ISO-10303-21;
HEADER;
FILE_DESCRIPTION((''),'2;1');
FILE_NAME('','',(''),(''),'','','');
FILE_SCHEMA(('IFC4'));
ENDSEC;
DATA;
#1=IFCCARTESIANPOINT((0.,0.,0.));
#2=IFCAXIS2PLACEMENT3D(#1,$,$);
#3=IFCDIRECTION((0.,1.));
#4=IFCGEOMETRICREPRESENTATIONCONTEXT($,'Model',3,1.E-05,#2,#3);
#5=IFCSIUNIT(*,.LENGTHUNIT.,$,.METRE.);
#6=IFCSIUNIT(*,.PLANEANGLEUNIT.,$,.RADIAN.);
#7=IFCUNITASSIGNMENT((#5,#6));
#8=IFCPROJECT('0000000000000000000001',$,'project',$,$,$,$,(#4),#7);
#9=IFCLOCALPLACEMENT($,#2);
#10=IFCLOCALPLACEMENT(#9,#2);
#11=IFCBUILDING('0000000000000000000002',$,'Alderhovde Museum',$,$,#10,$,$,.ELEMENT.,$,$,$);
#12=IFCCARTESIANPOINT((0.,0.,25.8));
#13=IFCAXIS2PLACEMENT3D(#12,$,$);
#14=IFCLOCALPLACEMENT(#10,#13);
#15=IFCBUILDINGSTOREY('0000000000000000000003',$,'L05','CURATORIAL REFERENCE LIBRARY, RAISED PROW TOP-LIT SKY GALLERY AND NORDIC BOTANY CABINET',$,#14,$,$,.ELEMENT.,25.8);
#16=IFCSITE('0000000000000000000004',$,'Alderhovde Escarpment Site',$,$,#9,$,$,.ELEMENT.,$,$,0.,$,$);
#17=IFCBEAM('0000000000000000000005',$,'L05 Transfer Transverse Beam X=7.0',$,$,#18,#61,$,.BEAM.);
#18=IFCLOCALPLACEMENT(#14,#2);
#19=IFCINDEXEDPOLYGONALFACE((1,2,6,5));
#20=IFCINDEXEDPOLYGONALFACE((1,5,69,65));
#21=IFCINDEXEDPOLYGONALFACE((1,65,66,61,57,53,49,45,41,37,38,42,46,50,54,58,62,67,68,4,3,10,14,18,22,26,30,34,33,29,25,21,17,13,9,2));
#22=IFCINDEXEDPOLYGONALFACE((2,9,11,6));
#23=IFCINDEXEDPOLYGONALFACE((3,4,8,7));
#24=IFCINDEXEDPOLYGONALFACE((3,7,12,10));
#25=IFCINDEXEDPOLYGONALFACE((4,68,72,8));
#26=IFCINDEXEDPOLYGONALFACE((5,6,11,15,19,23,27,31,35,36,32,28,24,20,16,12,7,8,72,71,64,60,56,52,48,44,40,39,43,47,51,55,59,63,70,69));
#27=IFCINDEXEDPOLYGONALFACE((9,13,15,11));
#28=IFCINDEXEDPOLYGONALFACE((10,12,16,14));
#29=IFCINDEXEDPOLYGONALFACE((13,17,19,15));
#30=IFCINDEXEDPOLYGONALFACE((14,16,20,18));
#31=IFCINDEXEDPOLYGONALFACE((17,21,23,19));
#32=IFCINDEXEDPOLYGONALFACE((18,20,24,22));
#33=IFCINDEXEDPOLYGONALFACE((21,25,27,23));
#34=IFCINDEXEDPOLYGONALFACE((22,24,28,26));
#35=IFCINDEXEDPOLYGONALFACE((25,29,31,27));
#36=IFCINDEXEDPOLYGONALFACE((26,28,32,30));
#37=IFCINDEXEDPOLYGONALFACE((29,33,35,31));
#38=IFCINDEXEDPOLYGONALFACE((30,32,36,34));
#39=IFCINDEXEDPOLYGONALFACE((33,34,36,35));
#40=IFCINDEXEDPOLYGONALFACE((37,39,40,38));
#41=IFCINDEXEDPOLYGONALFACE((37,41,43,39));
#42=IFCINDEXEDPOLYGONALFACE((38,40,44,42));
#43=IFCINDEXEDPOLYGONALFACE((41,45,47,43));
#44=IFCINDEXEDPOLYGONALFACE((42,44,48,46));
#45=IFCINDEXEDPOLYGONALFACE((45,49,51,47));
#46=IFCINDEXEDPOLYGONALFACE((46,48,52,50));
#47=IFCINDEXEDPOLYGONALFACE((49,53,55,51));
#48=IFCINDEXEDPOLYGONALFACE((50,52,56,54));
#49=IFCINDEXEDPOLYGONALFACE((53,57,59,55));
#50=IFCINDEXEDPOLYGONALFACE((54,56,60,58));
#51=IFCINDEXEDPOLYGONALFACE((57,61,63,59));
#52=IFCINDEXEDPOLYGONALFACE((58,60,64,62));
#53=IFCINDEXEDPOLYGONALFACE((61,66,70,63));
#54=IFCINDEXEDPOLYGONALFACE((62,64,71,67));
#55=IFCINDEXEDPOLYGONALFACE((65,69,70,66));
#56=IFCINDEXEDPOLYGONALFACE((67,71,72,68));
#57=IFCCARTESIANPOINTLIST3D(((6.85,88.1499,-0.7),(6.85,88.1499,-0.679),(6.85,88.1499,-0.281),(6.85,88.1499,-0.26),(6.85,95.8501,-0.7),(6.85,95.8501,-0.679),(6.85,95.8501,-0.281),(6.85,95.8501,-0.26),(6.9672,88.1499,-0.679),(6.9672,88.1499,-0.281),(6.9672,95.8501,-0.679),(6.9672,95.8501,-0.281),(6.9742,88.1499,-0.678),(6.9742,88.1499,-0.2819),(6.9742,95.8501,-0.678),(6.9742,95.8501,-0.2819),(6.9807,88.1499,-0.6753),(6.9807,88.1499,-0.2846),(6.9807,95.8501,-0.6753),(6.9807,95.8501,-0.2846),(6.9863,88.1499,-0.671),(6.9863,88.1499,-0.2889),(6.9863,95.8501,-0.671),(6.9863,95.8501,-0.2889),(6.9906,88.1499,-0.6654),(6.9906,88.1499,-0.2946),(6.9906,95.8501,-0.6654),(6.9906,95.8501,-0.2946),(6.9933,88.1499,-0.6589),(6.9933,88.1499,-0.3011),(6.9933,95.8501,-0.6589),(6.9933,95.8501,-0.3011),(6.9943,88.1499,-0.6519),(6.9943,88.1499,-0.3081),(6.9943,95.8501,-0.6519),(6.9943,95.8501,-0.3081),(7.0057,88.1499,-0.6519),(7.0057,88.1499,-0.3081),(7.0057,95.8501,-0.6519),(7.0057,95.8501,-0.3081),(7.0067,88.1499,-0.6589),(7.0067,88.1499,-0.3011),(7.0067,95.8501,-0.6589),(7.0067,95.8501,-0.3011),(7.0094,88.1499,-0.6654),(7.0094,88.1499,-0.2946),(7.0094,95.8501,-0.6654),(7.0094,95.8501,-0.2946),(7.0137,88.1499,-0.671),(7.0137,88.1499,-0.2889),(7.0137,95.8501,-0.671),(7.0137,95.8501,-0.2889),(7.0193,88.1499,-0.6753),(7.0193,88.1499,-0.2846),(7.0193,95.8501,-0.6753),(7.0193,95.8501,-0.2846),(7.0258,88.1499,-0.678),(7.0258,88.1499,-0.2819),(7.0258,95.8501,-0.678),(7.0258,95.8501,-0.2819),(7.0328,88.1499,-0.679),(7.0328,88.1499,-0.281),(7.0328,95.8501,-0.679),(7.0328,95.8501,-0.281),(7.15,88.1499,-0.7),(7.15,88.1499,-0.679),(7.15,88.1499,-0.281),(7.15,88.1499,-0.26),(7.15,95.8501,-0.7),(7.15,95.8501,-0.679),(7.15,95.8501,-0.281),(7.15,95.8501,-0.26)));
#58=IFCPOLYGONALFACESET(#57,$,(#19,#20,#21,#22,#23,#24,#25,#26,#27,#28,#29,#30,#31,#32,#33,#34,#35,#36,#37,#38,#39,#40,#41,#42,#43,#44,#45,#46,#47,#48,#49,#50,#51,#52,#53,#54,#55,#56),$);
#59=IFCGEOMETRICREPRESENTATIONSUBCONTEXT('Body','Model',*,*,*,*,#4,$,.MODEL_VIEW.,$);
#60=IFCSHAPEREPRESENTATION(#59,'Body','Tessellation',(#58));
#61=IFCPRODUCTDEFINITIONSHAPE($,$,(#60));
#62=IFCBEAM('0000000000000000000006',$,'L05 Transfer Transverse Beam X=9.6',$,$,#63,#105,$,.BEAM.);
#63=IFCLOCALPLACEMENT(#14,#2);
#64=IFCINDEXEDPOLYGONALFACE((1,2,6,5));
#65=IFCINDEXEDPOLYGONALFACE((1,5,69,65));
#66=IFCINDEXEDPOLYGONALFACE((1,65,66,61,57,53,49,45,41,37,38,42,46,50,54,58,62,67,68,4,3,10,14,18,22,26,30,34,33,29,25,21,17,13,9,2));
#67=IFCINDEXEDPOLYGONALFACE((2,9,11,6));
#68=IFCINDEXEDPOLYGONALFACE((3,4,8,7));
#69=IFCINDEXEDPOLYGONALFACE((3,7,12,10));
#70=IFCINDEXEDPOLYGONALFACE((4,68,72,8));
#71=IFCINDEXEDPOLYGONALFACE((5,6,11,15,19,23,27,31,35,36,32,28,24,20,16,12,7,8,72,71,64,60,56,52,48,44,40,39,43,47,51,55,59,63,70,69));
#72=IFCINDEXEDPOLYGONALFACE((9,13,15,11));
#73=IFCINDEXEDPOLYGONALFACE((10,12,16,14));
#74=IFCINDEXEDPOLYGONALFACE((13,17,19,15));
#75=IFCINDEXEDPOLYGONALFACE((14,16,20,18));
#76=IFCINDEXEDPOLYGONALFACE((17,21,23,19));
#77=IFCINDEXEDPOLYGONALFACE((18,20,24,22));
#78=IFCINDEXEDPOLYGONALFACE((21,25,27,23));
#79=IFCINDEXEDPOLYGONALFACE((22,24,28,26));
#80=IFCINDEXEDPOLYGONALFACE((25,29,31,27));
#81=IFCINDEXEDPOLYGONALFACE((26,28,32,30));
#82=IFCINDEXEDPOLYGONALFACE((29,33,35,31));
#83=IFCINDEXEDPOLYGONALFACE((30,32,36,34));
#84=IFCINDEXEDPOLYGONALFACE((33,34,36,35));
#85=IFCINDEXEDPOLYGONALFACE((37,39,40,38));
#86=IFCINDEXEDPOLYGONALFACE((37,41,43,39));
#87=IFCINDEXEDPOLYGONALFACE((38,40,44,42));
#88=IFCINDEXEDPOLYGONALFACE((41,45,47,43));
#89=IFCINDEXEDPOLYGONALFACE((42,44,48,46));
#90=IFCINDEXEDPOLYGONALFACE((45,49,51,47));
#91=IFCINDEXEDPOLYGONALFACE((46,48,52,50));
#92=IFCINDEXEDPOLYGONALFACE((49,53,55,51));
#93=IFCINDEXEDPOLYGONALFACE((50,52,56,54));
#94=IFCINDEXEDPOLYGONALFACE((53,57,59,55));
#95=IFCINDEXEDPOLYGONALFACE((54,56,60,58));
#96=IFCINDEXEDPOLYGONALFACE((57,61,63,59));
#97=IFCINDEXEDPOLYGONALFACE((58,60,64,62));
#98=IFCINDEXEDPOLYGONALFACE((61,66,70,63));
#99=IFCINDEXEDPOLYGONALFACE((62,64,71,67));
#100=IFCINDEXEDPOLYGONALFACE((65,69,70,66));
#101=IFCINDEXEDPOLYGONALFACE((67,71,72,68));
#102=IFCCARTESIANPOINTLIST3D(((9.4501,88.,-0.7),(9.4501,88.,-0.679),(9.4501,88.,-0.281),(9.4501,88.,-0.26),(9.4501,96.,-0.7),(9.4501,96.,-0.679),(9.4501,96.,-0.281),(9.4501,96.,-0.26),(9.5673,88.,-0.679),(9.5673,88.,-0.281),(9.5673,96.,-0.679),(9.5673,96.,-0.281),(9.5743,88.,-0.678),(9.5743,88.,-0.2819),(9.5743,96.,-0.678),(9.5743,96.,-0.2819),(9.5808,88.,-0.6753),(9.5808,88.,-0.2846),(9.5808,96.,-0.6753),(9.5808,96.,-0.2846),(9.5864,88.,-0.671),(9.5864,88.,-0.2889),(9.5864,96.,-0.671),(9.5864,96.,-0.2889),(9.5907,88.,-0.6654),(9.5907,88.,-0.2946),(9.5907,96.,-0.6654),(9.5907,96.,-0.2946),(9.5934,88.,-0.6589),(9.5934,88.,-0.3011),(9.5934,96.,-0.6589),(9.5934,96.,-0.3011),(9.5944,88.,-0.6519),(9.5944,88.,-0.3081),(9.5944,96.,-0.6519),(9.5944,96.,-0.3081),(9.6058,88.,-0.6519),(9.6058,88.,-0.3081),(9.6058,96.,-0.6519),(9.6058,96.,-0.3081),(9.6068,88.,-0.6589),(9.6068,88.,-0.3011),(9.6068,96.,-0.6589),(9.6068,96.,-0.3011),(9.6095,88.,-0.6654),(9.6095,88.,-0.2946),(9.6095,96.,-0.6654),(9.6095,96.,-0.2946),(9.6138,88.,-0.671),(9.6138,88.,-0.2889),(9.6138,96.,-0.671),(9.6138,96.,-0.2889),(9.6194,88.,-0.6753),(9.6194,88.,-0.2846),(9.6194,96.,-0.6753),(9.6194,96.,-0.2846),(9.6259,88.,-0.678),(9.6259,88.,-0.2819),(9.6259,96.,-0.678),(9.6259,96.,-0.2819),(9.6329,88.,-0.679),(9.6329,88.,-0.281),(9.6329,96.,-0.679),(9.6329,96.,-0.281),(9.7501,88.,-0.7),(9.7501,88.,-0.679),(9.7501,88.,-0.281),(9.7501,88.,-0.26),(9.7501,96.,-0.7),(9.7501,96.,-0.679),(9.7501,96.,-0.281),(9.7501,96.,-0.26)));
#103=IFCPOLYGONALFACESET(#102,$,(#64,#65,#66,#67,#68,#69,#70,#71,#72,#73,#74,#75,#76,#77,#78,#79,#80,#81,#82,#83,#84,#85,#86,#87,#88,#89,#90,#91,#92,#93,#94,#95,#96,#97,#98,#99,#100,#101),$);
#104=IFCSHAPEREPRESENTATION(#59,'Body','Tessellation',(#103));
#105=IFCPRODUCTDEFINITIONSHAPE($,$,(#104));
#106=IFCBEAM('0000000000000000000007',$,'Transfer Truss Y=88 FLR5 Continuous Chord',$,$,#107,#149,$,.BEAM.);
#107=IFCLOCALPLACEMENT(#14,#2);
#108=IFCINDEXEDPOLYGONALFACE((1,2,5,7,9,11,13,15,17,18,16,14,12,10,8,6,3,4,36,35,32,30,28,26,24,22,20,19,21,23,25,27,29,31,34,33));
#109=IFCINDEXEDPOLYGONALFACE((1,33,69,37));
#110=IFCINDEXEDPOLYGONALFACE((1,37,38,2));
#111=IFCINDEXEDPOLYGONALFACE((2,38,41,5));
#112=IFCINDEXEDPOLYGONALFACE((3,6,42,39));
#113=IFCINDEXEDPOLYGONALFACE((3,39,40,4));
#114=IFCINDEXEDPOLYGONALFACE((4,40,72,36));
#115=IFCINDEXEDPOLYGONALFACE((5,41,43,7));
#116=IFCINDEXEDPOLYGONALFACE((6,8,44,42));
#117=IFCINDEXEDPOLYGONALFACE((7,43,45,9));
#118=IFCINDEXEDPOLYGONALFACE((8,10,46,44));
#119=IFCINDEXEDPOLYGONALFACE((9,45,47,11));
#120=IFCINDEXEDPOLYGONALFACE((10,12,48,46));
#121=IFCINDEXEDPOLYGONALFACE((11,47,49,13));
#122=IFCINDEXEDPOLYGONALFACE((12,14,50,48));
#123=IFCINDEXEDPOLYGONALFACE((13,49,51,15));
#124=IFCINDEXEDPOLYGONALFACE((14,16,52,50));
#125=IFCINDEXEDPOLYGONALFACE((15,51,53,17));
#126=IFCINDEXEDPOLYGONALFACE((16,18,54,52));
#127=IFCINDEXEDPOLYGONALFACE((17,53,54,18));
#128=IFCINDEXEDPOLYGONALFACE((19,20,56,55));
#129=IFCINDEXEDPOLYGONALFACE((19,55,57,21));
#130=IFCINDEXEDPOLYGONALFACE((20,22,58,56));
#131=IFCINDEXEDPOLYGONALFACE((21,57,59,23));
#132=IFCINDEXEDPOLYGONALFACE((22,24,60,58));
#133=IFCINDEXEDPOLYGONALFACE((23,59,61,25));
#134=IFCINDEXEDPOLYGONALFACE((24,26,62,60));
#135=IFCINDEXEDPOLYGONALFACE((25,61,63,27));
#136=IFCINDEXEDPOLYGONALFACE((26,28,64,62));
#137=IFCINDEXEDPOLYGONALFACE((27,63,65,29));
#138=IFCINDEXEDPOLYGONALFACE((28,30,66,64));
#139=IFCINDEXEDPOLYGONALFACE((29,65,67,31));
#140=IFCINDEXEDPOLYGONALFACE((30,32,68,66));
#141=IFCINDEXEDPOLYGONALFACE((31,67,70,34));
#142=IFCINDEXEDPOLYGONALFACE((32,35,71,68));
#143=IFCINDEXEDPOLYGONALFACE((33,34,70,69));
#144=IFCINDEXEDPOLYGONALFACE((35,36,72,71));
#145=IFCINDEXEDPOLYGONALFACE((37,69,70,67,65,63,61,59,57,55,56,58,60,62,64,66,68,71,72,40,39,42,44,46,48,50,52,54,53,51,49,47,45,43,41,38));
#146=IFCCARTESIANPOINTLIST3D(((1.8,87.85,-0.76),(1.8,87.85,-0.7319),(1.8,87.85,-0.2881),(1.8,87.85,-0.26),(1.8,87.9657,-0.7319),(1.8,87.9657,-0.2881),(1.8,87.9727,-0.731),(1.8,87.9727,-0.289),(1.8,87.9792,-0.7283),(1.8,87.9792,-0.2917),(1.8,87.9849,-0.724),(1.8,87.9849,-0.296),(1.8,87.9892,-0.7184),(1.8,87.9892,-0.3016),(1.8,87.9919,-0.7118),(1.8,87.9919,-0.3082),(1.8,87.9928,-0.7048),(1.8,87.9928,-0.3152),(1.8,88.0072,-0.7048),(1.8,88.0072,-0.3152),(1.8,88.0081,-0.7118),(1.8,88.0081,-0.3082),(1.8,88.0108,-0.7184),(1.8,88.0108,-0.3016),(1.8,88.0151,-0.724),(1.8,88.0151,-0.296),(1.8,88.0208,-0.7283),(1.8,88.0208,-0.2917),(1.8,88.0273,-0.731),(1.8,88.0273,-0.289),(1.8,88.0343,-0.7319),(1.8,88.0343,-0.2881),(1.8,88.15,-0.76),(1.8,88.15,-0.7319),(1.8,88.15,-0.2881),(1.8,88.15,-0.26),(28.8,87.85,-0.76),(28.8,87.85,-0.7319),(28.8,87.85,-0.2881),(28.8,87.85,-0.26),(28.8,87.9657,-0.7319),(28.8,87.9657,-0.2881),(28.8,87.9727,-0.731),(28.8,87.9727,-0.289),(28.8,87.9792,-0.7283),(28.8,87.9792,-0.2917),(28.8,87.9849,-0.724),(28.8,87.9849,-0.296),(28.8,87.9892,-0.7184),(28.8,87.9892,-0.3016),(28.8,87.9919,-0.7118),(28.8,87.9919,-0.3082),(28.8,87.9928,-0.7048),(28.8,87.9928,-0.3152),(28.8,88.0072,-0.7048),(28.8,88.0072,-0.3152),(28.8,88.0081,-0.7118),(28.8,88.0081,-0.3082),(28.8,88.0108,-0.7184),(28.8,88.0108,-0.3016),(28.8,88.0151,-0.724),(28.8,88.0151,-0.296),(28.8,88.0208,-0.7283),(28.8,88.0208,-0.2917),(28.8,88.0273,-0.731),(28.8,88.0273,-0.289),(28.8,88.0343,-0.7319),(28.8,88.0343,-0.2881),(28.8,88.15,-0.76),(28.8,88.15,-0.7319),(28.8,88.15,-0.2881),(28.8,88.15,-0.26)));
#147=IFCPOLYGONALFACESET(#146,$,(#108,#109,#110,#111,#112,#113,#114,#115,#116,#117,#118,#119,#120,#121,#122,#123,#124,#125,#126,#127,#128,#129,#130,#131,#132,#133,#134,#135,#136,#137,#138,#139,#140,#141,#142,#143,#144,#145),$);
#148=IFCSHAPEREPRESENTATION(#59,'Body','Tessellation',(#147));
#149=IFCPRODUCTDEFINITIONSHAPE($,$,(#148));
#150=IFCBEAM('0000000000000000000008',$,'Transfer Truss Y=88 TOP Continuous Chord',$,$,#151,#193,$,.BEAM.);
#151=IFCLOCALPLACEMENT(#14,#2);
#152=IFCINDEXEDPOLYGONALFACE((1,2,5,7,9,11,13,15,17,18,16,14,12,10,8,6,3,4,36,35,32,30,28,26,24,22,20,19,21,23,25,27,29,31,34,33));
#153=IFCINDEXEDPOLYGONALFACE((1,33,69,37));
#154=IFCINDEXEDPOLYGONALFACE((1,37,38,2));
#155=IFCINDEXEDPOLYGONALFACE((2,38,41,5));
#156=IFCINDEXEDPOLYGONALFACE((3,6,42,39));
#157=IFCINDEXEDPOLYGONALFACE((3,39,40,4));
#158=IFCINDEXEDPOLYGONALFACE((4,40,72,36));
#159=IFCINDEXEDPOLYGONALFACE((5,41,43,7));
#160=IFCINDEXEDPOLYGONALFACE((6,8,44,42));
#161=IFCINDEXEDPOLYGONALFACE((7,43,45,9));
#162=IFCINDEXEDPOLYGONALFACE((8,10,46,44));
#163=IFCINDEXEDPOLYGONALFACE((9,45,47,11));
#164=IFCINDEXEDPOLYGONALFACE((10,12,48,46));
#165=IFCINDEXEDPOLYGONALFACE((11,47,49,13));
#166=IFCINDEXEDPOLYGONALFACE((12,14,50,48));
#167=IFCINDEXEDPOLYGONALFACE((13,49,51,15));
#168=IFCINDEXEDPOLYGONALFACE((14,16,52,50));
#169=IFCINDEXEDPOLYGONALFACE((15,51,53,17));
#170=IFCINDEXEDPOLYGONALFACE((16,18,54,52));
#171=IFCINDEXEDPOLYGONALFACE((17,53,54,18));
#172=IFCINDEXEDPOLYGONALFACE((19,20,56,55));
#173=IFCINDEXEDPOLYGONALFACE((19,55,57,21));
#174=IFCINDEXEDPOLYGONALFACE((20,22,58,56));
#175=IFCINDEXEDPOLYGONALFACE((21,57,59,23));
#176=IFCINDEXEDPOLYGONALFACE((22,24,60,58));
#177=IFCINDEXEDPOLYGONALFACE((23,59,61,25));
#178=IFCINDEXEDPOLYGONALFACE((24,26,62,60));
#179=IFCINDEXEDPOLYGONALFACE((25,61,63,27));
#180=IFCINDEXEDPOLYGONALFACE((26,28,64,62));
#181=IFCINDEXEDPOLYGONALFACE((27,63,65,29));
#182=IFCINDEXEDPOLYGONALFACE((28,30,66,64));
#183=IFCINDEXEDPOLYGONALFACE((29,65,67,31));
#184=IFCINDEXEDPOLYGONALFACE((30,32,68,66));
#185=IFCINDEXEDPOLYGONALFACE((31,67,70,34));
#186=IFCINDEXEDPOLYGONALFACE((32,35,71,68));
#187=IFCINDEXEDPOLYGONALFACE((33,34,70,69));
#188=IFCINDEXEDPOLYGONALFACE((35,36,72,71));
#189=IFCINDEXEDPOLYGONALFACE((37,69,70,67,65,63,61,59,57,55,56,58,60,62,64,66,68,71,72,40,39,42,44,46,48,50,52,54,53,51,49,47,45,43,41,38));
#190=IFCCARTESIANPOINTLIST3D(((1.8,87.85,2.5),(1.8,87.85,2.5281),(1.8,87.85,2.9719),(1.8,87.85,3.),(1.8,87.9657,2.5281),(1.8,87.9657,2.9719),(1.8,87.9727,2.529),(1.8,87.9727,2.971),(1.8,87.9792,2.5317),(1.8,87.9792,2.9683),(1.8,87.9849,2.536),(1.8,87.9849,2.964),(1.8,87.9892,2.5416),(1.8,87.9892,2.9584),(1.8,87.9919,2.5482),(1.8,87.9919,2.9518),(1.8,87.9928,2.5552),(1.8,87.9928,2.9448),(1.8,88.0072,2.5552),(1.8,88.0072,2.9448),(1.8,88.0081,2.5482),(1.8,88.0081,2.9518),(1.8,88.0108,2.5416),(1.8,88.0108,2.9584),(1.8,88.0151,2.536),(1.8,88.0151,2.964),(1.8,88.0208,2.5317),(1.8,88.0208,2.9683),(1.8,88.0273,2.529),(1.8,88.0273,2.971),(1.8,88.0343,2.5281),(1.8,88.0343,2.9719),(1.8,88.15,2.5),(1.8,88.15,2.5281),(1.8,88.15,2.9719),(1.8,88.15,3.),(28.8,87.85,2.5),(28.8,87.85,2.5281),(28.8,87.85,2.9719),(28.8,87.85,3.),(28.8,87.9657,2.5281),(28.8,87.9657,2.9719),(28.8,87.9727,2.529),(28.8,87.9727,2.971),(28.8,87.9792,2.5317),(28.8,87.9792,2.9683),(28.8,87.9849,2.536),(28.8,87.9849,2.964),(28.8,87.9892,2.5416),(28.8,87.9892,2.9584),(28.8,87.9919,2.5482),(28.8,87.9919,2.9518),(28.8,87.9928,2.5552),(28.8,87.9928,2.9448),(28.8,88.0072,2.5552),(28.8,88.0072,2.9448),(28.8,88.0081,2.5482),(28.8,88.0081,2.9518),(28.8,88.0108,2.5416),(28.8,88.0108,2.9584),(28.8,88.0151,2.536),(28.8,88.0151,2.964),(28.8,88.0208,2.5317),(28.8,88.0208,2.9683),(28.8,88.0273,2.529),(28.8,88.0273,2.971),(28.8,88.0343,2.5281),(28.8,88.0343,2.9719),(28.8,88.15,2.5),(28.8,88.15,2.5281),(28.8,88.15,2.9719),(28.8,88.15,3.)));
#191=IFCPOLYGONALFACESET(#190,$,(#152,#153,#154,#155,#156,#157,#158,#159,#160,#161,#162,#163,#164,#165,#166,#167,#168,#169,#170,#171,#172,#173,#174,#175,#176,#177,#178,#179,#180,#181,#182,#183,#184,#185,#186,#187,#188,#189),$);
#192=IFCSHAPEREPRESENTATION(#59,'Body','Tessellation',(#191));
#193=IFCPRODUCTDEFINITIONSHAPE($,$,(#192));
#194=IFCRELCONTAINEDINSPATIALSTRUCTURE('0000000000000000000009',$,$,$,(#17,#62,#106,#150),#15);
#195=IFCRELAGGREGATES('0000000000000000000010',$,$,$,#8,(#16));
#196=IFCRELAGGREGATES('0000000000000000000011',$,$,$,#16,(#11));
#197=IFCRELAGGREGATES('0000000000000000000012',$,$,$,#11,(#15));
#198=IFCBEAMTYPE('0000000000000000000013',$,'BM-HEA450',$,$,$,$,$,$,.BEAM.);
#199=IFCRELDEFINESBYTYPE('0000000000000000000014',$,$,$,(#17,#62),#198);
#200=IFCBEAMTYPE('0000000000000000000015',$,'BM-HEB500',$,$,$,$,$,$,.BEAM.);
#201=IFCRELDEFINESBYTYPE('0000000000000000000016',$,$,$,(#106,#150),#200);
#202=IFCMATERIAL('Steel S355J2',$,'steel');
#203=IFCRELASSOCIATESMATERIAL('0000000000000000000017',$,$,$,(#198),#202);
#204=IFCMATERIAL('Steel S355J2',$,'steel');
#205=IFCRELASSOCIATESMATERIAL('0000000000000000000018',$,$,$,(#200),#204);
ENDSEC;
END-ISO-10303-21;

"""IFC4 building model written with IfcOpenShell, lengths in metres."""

from ifc_helpers import new_model, si_unit, direction, frame, origin, origin_2d, place, context, subcontext, project, spatial, i_section, extrude, material, material_profile, profile_set, type_object, element, save


model = new_model("IFC4")

# Units and contexts
model_context = context("Model", 3, precision=1e-05, world=origin(), true_north=direction((0.0, 1.0)))
body_context = subcontext(model_context, "Body", "Model", "MODEL_VIEW")
ifc_project = project(units=[si_unit("LENGTHUNIT", "METRE"), si_unit("PLANEANGLEUNIT", "RADIAN")], contexts=[model_context])

# Site, building, storey
site_placement = place(None, origin())
site = spatial("IfcSite", under=ifc_project, at=site_placement, Name="Alderhovde Escarpment Site", CompositionType="ELEMENT", RefElevation=0.0)
building_placement = place(site_placement, origin())
building = spatial("IfcBuilding", under=site, at=building_placement, Name="Alderhovde Museum", CompositionType="ELEMENT")
storey_placement = place(building_placement, frame((0.0, 0.0, 25.8)))
storey = spatial("IfcBuildingStorey", under=building, at=storey_placement, Name="L05", Description="CURATORIAL REFERENCE LIBRARY, RAISED PROW TOP-LIT SKY GALLERY AND NORDIC BOTANY CABINET", CompositionType="ELEMENT", Elevation=25.8)

# Beams
ifc_material_1 = material(Name="Steel S355J2", Category="steel")
ifc_material_profile_1 = material_profile(ifc_material_1, i_section(OverallWidth=0.3, OverallDepth=0.4399, WebThickness=0.0115, FlangeThickness=0.021, FilletRadius=0.0271, at=origin_2d()), Name="HEA 450")
ifc_profile_set_1 = profile_set([ifc_material_profile_1], Name="Steel S355J2")
beam_type_1 = type_object("IfcBeamType", Name="BM-HEA450", PredefinedType="BEAM", material=ifc_profile_set_1)
for number, where, z_axis, x_axis, name in (
    (1, (7.0, 88.1499, -0.48), (0.0, 1.0, 0.0), (-1.0, 0.0, 0.0), "L05 Transfer Transverse Beam X=7.0"),
):
    element("IfcBeam", number, at=place(storey_placement, frame(where, z_axis=z_axis, x_axis=x_axis)), inside=storey, type_object=beam_type_1, Name=name, PredefinedType="BEAM", context=body_context, shape_type="SweptSolid", body=[
        extrude(i_section(OverallWidth=0.3, OverallDepth=0.4399, WebThickness=0.0115, FlangeThickness=0.021, FilletRadius=0.0271, at=origin_2d()), origin(), (0.0, 0.0, 1.0), 7.7002),
    ])
beam_placement = place(storey_placement, frame((9.6001, 88.0, -0.48), z_axis=(0.0, 1.0, 0.0), x_axis=(-1.0, 0.0, 0.0)))
element("IfcBeam", 2, at=beam_placement, inside=storey, type_object=beam_type_1, Name="L05 Transfer Transverse Beam X=9.6", PredefinedType="BEAM", context=body_context, shape_type="SweptSolid", body=[
    extrude(i_section(OverallWidth=0.3, OverallDepth=0.4399, WebThickness=0.0115, FlangeThickness=0.021, FilletRadius=0.0271, at=origin_2d()), origin(), (0.0, 0.0, 1.0), 8.0),
])
ifc_material_2 = material(Name="Steel S355J2", Category="steel")
ifc_material_profile_2 = material_profile(ifc_material_2, i_section(OverallWidth=0.3, OverallDepth=0.5, WebThickness=0.0144, FlangeThickness=0.0281, FilletRadius=0.0271, at=origin_2d()), Name="HEB 500")
ifc_profile_set_2 = profile_set([ifc_material_profile_2], Name="Steel S355J2")
beam_type_2 = type_object("IfcBeamType", Name="BM-HEB500", PredefinedType="BEAM", material=ifc_profile_set_2)
for number, where, z_axis, x_axis, name in (
    (3, (1.8, 88.0, -0.51), (1.0, 0.0, 0.0), (0.0, 1.0, 0.0), "Transfer Truss Y=88 FLR5 Continuous Chord"),
    (4, (1.8, 88.0, 2.75), (1.0, 0.0, 0.0), (0.0, 1.0, 0.0), "Transfer Truss Y=88 TOP Continuous Chord"),
):
    element("IfcBeam", number, at=place(storey_placement, frame(where, z_axis=z_axis, x_axis=x_axis)), inside=storey, type_object=beam_type_2, Name=name, PredefinedType="BEAM", context=body_context, shape_type="SweptSolid", body=[
        extrude(i_section(OverallWidth=0.3, OverallDepth=0.5, WebThickness=0.0144, FlangeThickness=0.0281, FilletRadius=0.0271, at=origin_2d()), origin(), (0.0, 0.0, 1.0), 27.0),
    ])

save(model, "model.ifc")
